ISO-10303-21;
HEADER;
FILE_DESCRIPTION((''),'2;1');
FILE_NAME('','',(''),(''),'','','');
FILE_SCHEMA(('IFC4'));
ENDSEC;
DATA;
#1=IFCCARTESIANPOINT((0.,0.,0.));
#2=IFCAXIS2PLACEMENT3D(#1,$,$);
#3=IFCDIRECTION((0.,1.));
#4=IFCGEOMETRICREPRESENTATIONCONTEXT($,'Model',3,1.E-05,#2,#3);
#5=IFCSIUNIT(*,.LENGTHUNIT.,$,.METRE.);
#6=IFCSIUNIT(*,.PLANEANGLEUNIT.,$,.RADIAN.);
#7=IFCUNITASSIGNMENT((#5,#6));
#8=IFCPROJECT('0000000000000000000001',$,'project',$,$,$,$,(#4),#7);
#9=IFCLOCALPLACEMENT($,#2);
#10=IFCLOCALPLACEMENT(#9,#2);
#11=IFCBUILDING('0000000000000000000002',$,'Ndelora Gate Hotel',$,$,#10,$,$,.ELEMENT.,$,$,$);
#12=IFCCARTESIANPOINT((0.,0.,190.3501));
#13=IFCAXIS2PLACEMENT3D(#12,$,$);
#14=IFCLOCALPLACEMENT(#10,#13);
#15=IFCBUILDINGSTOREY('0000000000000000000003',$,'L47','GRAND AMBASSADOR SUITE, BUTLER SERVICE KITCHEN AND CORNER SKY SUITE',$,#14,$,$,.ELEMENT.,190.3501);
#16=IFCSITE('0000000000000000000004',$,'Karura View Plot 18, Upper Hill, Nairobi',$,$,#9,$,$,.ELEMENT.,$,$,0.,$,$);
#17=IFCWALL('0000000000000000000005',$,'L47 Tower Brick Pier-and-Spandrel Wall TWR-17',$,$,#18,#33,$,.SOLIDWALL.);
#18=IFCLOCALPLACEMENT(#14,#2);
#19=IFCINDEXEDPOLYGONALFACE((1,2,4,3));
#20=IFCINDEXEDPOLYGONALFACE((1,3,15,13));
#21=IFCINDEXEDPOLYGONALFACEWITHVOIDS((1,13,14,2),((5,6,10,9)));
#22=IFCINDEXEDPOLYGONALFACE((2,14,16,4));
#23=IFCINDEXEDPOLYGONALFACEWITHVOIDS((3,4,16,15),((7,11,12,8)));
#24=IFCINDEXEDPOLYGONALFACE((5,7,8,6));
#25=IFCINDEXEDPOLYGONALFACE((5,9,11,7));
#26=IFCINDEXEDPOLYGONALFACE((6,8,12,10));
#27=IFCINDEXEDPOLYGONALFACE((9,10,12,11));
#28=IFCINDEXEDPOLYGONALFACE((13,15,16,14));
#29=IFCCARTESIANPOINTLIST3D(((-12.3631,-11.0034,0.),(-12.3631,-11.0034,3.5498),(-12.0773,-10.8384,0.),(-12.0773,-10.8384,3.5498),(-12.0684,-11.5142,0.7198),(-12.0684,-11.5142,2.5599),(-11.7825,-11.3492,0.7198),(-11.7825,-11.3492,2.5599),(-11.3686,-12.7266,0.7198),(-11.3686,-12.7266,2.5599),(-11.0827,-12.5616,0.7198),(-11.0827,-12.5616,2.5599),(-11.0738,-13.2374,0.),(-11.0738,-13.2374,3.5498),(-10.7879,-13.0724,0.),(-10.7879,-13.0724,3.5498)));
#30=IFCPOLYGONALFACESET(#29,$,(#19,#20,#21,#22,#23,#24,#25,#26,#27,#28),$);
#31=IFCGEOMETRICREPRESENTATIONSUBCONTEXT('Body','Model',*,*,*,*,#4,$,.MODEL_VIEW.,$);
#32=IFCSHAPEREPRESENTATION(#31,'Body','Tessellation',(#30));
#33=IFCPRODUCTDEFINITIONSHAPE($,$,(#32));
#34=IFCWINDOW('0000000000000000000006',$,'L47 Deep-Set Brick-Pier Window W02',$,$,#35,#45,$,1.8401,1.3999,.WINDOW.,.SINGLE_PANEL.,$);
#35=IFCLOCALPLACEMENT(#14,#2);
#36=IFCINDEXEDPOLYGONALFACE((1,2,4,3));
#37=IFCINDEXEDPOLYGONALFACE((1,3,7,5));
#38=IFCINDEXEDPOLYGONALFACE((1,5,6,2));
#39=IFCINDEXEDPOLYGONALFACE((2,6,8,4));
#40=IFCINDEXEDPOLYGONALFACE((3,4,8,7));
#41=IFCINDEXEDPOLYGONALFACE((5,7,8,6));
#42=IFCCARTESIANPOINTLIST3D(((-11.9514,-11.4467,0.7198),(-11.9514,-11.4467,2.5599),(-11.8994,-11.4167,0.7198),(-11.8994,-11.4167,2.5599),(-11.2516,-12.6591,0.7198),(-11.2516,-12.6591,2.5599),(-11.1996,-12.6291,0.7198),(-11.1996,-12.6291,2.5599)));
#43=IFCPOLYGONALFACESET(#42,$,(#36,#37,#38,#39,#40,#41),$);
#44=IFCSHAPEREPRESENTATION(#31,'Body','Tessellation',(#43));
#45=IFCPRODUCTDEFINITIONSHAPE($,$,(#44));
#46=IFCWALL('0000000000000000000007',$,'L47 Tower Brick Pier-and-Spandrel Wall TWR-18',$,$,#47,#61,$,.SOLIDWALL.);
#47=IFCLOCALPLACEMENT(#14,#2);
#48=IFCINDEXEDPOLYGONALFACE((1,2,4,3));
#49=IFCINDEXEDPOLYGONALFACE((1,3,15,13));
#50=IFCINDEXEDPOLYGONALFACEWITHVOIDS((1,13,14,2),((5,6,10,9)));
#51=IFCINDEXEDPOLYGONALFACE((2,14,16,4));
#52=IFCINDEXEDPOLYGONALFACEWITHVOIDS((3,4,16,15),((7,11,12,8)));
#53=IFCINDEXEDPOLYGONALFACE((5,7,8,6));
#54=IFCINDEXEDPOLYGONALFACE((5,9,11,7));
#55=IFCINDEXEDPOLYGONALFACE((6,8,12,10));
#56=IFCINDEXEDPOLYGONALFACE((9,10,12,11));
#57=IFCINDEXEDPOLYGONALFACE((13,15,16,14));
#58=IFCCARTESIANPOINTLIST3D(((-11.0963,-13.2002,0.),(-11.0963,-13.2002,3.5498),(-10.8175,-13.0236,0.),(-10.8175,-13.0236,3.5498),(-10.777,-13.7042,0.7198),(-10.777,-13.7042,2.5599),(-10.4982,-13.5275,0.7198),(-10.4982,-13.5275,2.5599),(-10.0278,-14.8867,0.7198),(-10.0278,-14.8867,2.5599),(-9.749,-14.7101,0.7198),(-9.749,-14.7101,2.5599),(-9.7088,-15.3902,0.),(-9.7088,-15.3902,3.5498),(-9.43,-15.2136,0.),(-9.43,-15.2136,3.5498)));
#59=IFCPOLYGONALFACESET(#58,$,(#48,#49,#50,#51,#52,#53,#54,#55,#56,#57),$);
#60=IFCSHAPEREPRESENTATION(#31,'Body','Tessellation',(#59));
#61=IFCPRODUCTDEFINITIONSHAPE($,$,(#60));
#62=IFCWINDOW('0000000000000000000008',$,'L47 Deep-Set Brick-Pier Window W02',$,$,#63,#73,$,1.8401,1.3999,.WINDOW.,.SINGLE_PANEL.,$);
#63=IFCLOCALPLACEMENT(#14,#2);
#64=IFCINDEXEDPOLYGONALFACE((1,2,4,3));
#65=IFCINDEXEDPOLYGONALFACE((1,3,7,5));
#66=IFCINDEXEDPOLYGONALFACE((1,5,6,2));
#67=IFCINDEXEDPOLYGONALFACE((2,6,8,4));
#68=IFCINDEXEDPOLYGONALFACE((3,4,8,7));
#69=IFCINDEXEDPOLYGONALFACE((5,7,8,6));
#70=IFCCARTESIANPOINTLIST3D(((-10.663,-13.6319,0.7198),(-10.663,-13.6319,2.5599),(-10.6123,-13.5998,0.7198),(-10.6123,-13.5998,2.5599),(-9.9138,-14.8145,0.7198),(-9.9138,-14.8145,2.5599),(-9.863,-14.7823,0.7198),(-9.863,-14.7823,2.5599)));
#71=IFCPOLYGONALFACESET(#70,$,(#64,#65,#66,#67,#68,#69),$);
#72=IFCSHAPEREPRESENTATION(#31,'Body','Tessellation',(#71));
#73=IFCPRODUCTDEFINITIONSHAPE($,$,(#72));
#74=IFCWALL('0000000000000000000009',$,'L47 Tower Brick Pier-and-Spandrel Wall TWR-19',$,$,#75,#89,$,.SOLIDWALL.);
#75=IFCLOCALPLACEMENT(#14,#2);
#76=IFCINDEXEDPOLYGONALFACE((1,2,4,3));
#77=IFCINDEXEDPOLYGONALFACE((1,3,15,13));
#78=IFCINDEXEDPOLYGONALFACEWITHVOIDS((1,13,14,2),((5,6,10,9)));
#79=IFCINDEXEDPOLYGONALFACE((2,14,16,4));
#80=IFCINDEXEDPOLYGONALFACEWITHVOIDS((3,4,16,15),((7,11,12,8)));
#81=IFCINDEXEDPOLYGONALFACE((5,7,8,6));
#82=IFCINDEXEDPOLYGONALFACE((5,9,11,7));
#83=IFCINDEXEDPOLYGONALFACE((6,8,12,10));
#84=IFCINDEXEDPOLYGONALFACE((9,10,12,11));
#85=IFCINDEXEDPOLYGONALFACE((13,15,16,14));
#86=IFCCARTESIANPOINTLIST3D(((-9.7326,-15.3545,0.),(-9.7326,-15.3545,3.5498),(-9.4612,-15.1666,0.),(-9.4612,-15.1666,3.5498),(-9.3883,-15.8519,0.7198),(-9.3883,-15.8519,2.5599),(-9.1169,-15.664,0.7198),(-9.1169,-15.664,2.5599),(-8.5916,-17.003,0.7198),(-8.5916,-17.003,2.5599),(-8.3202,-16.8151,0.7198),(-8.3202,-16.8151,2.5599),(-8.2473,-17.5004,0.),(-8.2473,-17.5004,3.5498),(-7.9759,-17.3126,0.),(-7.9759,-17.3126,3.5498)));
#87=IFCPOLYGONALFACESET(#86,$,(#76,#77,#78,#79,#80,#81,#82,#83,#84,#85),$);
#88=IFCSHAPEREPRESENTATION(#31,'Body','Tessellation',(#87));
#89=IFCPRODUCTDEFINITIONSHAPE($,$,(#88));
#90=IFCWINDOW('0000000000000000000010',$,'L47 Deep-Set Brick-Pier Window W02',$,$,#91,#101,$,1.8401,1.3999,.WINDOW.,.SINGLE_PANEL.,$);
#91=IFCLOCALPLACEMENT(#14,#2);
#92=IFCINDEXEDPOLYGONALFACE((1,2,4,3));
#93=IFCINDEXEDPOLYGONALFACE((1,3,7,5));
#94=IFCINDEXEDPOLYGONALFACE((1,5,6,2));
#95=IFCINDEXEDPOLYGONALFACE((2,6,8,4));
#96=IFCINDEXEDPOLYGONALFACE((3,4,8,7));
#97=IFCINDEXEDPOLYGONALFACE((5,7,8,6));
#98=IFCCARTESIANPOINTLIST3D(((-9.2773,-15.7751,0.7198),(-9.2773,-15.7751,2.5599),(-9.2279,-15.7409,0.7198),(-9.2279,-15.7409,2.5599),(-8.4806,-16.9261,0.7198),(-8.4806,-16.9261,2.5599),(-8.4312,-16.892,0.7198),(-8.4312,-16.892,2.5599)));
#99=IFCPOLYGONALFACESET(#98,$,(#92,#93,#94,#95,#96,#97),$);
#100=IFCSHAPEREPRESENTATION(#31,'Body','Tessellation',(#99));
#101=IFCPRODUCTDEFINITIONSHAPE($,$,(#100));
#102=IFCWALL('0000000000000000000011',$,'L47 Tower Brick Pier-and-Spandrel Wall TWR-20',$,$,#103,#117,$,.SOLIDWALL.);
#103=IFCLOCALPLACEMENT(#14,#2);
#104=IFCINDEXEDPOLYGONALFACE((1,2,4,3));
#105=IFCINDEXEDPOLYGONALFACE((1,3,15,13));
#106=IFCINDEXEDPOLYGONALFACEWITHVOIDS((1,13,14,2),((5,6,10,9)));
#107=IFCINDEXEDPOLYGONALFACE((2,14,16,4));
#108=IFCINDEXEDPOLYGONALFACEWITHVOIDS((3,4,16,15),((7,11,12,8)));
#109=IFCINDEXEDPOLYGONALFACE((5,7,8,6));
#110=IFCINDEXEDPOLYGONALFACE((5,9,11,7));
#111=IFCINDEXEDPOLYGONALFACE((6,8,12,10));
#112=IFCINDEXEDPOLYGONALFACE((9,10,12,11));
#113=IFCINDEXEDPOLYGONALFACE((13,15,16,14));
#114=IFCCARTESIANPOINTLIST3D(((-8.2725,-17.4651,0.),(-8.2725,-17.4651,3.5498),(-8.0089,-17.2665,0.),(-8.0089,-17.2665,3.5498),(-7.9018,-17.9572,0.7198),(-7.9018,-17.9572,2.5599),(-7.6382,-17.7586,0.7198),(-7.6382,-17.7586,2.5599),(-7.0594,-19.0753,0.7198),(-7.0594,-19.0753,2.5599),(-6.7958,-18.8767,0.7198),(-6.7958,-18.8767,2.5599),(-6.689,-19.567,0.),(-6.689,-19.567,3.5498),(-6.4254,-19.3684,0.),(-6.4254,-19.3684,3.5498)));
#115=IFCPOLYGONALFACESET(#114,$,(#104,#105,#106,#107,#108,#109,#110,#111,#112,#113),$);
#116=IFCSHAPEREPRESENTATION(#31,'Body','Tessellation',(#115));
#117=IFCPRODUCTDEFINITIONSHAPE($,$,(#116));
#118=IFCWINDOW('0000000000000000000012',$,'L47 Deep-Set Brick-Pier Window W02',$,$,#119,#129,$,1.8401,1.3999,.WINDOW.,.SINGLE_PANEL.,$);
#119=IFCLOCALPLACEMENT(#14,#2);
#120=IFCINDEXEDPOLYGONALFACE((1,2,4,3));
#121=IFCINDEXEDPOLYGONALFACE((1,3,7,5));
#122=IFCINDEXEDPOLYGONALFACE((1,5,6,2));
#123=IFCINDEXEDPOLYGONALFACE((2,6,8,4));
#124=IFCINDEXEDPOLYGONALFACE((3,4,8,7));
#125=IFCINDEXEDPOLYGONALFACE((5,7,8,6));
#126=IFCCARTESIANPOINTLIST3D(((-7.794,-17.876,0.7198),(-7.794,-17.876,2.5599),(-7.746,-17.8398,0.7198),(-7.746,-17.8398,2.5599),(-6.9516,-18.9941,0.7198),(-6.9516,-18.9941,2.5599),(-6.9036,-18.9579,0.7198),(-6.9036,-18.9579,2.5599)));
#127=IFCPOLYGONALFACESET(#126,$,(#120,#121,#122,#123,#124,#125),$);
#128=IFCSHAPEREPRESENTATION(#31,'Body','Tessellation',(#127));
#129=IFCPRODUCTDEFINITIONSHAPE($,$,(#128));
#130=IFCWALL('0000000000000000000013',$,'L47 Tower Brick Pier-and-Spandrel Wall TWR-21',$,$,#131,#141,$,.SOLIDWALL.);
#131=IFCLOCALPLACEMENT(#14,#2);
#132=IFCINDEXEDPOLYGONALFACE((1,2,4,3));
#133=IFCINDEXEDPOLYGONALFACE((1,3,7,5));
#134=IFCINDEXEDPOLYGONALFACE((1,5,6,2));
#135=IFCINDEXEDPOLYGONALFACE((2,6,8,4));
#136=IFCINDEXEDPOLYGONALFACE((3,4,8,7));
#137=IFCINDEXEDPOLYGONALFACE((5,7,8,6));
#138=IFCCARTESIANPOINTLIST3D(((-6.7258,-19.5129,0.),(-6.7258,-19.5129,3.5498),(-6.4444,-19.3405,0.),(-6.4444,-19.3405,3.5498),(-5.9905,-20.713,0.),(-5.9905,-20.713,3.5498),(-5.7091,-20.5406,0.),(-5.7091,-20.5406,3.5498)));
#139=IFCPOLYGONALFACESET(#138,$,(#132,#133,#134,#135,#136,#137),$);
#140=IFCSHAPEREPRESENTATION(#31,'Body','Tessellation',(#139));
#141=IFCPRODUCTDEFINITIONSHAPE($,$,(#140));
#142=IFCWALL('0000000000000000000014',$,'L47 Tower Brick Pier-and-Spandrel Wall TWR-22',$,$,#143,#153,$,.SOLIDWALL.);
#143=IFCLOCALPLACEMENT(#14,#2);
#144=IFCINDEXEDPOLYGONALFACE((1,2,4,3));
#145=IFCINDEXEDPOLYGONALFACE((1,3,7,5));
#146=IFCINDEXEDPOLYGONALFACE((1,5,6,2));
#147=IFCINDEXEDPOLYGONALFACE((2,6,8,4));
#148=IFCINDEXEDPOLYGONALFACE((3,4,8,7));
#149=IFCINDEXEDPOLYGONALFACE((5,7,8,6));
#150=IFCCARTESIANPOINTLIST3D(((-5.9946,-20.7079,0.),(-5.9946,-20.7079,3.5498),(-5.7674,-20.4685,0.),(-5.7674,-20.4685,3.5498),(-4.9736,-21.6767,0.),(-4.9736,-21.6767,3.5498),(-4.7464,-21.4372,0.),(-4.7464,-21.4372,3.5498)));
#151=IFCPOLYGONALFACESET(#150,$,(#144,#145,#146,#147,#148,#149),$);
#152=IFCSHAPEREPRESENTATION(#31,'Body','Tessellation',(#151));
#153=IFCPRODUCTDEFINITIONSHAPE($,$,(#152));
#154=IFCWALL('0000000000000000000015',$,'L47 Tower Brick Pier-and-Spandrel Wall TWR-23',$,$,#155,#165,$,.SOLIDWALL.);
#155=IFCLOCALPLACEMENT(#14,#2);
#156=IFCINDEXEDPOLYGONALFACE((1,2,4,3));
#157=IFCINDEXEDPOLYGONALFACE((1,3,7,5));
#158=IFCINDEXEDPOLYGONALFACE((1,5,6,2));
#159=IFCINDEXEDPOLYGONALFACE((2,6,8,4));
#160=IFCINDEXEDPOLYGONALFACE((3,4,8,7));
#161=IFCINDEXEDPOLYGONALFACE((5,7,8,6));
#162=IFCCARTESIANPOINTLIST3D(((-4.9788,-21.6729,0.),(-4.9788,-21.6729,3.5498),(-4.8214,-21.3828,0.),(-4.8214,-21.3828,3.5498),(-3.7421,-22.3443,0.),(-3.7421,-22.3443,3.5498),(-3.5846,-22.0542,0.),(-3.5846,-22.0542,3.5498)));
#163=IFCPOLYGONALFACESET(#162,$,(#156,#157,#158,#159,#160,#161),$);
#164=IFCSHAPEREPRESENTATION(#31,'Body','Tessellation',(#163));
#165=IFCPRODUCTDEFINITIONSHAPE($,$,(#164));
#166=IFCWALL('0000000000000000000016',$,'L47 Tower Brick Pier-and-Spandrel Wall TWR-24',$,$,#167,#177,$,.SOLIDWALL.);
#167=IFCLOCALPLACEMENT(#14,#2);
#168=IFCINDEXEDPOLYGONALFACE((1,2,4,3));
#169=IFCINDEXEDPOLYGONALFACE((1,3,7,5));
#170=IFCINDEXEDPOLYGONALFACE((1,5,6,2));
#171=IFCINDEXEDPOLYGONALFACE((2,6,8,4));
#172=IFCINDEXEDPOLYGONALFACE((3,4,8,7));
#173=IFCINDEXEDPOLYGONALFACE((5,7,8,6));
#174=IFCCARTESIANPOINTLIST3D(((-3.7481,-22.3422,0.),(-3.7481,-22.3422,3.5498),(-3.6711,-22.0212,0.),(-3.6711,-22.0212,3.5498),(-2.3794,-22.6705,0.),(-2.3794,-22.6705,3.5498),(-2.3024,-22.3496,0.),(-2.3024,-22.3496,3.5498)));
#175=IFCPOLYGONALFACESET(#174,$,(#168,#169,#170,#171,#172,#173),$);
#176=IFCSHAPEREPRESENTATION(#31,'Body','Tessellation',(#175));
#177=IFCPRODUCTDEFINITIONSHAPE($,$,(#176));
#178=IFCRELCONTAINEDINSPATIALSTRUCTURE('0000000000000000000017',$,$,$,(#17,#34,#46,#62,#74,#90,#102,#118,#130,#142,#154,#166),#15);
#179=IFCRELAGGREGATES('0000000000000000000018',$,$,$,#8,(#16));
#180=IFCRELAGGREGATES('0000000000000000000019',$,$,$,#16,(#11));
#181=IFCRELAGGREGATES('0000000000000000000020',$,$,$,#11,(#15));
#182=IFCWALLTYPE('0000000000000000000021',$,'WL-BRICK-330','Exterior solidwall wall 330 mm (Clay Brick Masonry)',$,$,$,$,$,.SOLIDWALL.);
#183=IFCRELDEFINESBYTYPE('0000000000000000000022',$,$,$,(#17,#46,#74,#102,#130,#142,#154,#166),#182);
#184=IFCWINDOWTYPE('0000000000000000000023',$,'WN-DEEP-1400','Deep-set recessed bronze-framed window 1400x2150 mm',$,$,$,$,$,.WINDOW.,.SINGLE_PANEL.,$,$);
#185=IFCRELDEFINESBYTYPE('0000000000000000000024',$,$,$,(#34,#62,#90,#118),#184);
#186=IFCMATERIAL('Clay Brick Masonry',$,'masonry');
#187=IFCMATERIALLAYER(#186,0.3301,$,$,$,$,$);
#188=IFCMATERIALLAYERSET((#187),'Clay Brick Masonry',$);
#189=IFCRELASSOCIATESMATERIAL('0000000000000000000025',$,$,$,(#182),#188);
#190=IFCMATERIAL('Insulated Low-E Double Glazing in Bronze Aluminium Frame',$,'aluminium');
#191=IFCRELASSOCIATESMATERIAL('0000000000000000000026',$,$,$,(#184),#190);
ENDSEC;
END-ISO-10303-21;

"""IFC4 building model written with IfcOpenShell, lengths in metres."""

from ifc_helpers import new_model, si_unit, direction, frame, frame_2d, origin, place, context, subcontext, project, spatial, rectangle, extrude, material, layer, layer_set, type_object, element, fill, save


model = new_model("IFC4")

# Units and contexts
model_context = context("Model", 3, precision=1e-05, world=origin(), true_north=direction((0.0, 1.0)))
body_context = subcontext(model_context, "Body", "Model", "MODEL_VIEW")
ifc_project = project(units=[si_unit("LENGTHUNIT", "METRE"), si_unit("PLANEANGLEUNIT", "RADIAN")], contexts=[model_context])

# Site, building, storey
site_placement = place(None, origin())
site = spatial("IfcSite", under=ifc_project, at=site_placement, Name="Karura View Plot 18, Upper Hill, Nairobi", CompositionType="ELEMENT", RefElevation=0.0)
building_placement = place(site_placement, origin())
building = spatial("IfcBuilding", under=site, at=building_placement, Name="Ndelora Gate Hotel", CompositionType="ELEMENT")
storey_placement = place(building_placement, frame((0.0, 0.0, 190.3501)))
storey = spatial("IfcBuildingStorey", under=building, at=storey_placement, Name="L47", Description="GRAND AMBASSADOR SUITE, BUTLER SERVICE KITCHEN AND CORNER SKY SUITE", CompositionType="ELEMENT", Elevation=190.3501)

# Walls, openings, windows
ifc_material_1 = material(Name="Clay Brick Masonry", Category="masonry")
ifc_layer_1 = layer(ifc_material_1, 0.3301)
ifc_layer_set_1 = layer_set([ifc_layer_1], Name="Clay Brick Masonry")
wall_type_1 = type_object("IfcWallType", Name="WL-BRICK-330", Description="Exterior solidwall wall 330 mm (Clay Brick Masonry)", PredefinedType="SOLIDWALL", material=ifc_layer_set_1)
wall_1_placement = place(storey_placement, frame((-10.9309, -13.1548, 0.0), z_axis=(0.0, 0.0, 1.0), x_axis=(-0.499875, 0.866097, 0.0)))
wall_1 = element("IfcWall", 1, at=wall_1_placement, inside=storey, type_object=wall_type_1, Name="L47 Tower Brick Pier-and-Spandrel Wall TWR-17", PredefinedType="SOLIDWALL", context=body_context, shape_type="SweptSolid", body=[
    extrude(rectangle(XDim=2.5793, YDim=0.3301, at=frame_2d((1.2896, 0.0))), origin(), (0.0, 0.0, 1.0), 3.5498),
])
opening_1_placement = place(wall_1_placement, frame((0.5896, 0.0, 0.72)))
opening_1 = element("IfcOpeningElement", 2, at=opening_1_placement, cuts=wall_1, PredefinedType="OPENING", context=body_context, shape_type="SweptSolid", body=[
    extrude(rectangle(XDim=1.3999, YDim=1.8401, at=frame_2d((0.7, 0.9199))), frame((0.0, 0.175, 0.0), z_axis=(0.0, -1.0, 0.0), x_axis=(1.0, 0.0, 0.0)), (0.0, 0.0, 1.0), 0.3501),
])
ifc_material_2 = material(Name="Insulated Low-E Double Glazing in Bronze Aluminium Frame", Category="aluminium")
window_type = type_object("IfcWindowType", Name="WN-DEEP-1400", Description="Deep-set recessed bronze-framed window 1400x2150 mm", PartitioningType="SINGLE_PANEL", PredefinedType="WINDOW", material=ifc_material_2)
window_1_placement = place(opening_1_placement, origin())
window_1 = element("IfcWindow", 3, at=window_1_placement, inside=storey, type_object=window_type, Name="L47 Deep-Set Brick-Pier Window W02", OverallHeight=1.8401, OverallWidth=1.3999, PartitioningType="SINGLE_PANEL", PredefinedType="WINDOW", context=body_context, shape_type="SweptSolid", body=[
    extrude(rectangle(XDim=1.3999, YDim=1.8401, at=frame_2d((0.7, 0.9199))), frame((0.0, 0.03, 0.0), z_axis=(0.0, -1.0, 0.0), x_axis=(1.0, 0.0, 0.0)), (0.0, 0.0, 1.0), 0.0601),
])
fill(opening_1, window_1)
wall_2_placement = place(storey_placement, frame((-9.5693, -15.302, 0.0), z_axis=(0.0, 0.0, 1.0), x_axis=(-0.535187, 0.844734, 0.0)))
wall_2 = element("IfcWall", 4, at=wall_2_placement, inside=storey, type_object=wall_type_1, Name="L47 Tower Brick Pier-and-Spandrel Wall TWR-18", PredefinedType="SOLIDWALL", context=body_context, shape_type="SweptSolid", body=[
    extrude(rectangle(XDim=2.5925, YDim=0.3301, at=frame_2d((1.2964, 0.0))), origin(), (0.0, 0.0, 1.0), 3.5498),
])
opening_2_placement = place(wall_2_placement, frame((0.5962, 0.0, 0.72)))
opening_2 = element("IfcOpeningElement", 5, at=opening_2_placement, cuts=wall_2, PredefinedType="OPENING", context=body_context, shape_type="SweptSolid", body=[
    extrude(rectangle(XDim=1.3999, YDim=1.8401, at=frame_2d((0.7, 0.9199))), frame((0.0, 0.175, 0.0), z_axis=(0.0, -1.0, 0.0), x_axis=(1.0, 0.0, 0.0)), (0.0, 0.0, 1.0), 0.3501),
])
window_2_placement = place(opening_2_placement, origin())
window_2 = element("IfcWindow", 6, at=window_2_placement, inside=storey, type_object=window_type, Name="L47 Deep-Set Brick-Pier Window W02", OverallHeight=1.8401, OverallWidth=1.3999, PartitioningType="SINGLE_PANEL", PredefinedType="WINDOW", context=body_context, shape_type="SweptSolid", body=[
    extrude(rectangle(XDim=1.3999, YDim=1.8401, at=frame_2d((0.7, 0.9199))), frame((0.0, 0.03, 0.0), z_axis=(0.0, -1.0, 0.0), x_axis=(1.0, 0.0, 0.0)), (0.0, 0.0, 1.0), 0.0601),
])
fill(opening_2, window_2)
wall_3_placement = place(storey_placement, frame((-8.1116, -17.4065, 0.0), z_axis=(0.0, 0.0, 1.0), x_axis=(-0.569122, 0.822253, 0.0)))
wall_3 = element("IfcWall", 7, at=wall_3_placement, inside=storey, type_object=wall_type_1, Name="L47 Tower Brick Pier-and-Spandrel Wall TWR-19", PredefinedType="SOLIDWALL", context=body_context, shape_type="SweptSolid", body=[
    extrude(rectangle(XDim=2.6099, YDim=0.3301, at=frame_2d((1.3049, 0.0))), origin(), (0.0, 0.0, 1.0), 3.5498),
])
opening_3_placement = place(wall_3_placement, frame((0.605, 0.0, 0.72)))
opening_3 = element("IfcOpeningElement", 8, at=opening_3_placement, cuts=wall_3, PredefinedType="OPENING", context=body_context, shape_type="SweptSolid", body=[
    extrude(rectangle(XDim=1.3999, YDim=1.8401, at=frame_2d((0.7, 0.9199))), frame((0.0, 0.175, 0.0), z_axis=(0.0, -1.0, 0.0), x_axis=(1.0, 0.0, 0.0)), (0.0, 0.0, 1.0), 0.3501),
])
window_3_placement = place(opening_3_placement, origin())
window_3 = element("IfcWindow", 9, at=window_3_placement, inside=storey, type_object=window_type, Name="L47 Deep-Set Brick-Pier Window W02", OverallHeight=1.8401, OverallWidth=1.3999, PartitioningType="SINGLE_PANEL", PredefinedType="WINDOW", context=body_context, shape_type="SweptSolid", body=[
    extrude(rectangle(XDim=1.3999, YDim=1.8401, at=frame_2d((0.7, 0.9199))), frame((0.0, 0.03, 0.0), z_axis=(0.0, -1.0, 0.0), x_axis=(1.0, 0.0, 0.0)), (0.0, 0.0, 1.0), 0.0601),
])
fill(opening_3, window_3)
wall_4_placement = place(storey_placement, frame((-6.5571, -19.4678, 0.0), z_axis=(0.0, 0.0, 1.0), x_axis=(-0.601735, 0.798696, 0.0)))
wall_4 = element("IfcWall", 10, at=wall_4_placement, inside=storey, type_object=wall_type_1, Name="L47 Tower Brick Pier-and-Spandrel Wall TWR-20", PredefinedType="SOLIDWALL", context=body_context, shape_type="SweptSolid", body=[
    extrude(rectangle(XDim=2.6316, YDim=0.3301, at=frame_2d((1.3159, 0.0))), origin(), (0.0, 0.0, 1.0), 3.5498),
])
opening_4_placement = place(wall_4_placement, frame((0.6157, 0.0, 0.72)))
opening_4 = element("IfcOpeningElement", 11, at=opening_4_placement, cuts=wall_4, PredefinedType="OPENING", context=body_context, shape_type="SweptSolid", body=[
    extrude(rectangle(XDim=1.3999, YDim=1.8401, at=frame_2d((0.7, 0.9199))), frame((0.0, 0.175, 0.0), z_axis=(0.0, -1.0, 0.0), x_axis=(1.0, 0.0, 0.0)), (0.0, 0.0, 1.0), 0.3501),
])
window_4_placement = place(opening_4_placement, origin())
window_4 = element("IfcWindow", 12, at=window_4_placement, inside=storey, type_object=window_type, Name="L47 Deep-Set Brick-Pier Window W02", OverallHeight=1.8401, OverallWidth=1.3999, PartitioningType="SINGLE_PANEL", PredefinedType="WINDOW", context=body_context, shape_type="SweptSolid", body=[
    extrude(rectangle(XDim=1.3999, YDim=1.8401, at=frame_2d((0.7, 0.9199))), frame((0.0, 0.03, 0.0), z_axis=(0.0, -1.0, 0.0), x_axis=(1.0, 0.0, 0.0)), (0.0, 0.0, 1.0), 0.0601),
])
fill(opening_4, window_4)

# Walls
for number, where, z_axis, x_axis, name in (
    (13, (-5.8499, -20.6267, 0.0), (0.0, 0.0, 1.0), (-0.522432, 0.852681, 0.0), "L47 Tower Brick Pier-and-Spandrel Wall TWR-21"),
    (14, (-4.8601, -21.5569, 0.0), (0.0, 0.0, 1.0), (-0.725424, 0.688303, 0.0), "L47 Tower Brick Pier-and-Spandrel Wall TWR-22"),
):
    element("IfcWall", number, at=place(storey_placement, frame(where, z_axis=z_axis, x_axis=x_axis)), inside=storey, type_object=wall_type_1, Name=name, PredefinedType="SOLIDWALL", context=body_context, shape_type="SweptSolid", body=[
        extrude(rectangle(XDim=1.4075, YDim=0.3301, at=frame_2d((0.7036, 0.0))), origin(), (0.0, 0.0, 1.0), 3.5498),
    ])
wall_5_placement = place(storey_placement, frame((-3.6633, -22.1992, 0.0), z_axis=(0.0, 0.0, 1.0), x_axis=(-0.878862, 0.477077, 0.0)))
element("IfcWall", 15, at=wall_5_placement, inside=storey, type_object=wall_type_1, Name="L47 Tower Brick Pier-and-Spandrel Wall TWR-23", PredefinedType="SOLIDWALL", context=body_context, shape_type="SweptSolid", body=[
    extrude(rectangle(XDim=1.4072, YDim=0.3301, at=frame_2d((0.7036, 0.0))), origin(), (0.0, 0.0, 1.0), 3.5498),
])
for number, where, z_axis, x_axis, name in (
    (16, (-2.3411, -22.51, 0.0), (0.0, 0.0, 1.0), (-0.972405, 0.233301, 0.0), "L47 Tower Brick Pier-and-Spandrel Wall TWR-24"),
):
    element("IfcWall", number, at=place(storey_placement, frame(where, z_axis=z_axis, x_axis=x_axis)), inside=storey, type_object=wall_type_1, Name=name, PredefinedType="SOLIDWALL", context=body_context, shape_type="SweptSolid", body=[
        extrude(rectangle(XDim=1.4075, YDim=0.3301, at=frame_2d((0.7036, 0.0))), origin(), (0.0, 0.0, 1.0), 3.5498),
    ])

save(model, "model.ifc")
